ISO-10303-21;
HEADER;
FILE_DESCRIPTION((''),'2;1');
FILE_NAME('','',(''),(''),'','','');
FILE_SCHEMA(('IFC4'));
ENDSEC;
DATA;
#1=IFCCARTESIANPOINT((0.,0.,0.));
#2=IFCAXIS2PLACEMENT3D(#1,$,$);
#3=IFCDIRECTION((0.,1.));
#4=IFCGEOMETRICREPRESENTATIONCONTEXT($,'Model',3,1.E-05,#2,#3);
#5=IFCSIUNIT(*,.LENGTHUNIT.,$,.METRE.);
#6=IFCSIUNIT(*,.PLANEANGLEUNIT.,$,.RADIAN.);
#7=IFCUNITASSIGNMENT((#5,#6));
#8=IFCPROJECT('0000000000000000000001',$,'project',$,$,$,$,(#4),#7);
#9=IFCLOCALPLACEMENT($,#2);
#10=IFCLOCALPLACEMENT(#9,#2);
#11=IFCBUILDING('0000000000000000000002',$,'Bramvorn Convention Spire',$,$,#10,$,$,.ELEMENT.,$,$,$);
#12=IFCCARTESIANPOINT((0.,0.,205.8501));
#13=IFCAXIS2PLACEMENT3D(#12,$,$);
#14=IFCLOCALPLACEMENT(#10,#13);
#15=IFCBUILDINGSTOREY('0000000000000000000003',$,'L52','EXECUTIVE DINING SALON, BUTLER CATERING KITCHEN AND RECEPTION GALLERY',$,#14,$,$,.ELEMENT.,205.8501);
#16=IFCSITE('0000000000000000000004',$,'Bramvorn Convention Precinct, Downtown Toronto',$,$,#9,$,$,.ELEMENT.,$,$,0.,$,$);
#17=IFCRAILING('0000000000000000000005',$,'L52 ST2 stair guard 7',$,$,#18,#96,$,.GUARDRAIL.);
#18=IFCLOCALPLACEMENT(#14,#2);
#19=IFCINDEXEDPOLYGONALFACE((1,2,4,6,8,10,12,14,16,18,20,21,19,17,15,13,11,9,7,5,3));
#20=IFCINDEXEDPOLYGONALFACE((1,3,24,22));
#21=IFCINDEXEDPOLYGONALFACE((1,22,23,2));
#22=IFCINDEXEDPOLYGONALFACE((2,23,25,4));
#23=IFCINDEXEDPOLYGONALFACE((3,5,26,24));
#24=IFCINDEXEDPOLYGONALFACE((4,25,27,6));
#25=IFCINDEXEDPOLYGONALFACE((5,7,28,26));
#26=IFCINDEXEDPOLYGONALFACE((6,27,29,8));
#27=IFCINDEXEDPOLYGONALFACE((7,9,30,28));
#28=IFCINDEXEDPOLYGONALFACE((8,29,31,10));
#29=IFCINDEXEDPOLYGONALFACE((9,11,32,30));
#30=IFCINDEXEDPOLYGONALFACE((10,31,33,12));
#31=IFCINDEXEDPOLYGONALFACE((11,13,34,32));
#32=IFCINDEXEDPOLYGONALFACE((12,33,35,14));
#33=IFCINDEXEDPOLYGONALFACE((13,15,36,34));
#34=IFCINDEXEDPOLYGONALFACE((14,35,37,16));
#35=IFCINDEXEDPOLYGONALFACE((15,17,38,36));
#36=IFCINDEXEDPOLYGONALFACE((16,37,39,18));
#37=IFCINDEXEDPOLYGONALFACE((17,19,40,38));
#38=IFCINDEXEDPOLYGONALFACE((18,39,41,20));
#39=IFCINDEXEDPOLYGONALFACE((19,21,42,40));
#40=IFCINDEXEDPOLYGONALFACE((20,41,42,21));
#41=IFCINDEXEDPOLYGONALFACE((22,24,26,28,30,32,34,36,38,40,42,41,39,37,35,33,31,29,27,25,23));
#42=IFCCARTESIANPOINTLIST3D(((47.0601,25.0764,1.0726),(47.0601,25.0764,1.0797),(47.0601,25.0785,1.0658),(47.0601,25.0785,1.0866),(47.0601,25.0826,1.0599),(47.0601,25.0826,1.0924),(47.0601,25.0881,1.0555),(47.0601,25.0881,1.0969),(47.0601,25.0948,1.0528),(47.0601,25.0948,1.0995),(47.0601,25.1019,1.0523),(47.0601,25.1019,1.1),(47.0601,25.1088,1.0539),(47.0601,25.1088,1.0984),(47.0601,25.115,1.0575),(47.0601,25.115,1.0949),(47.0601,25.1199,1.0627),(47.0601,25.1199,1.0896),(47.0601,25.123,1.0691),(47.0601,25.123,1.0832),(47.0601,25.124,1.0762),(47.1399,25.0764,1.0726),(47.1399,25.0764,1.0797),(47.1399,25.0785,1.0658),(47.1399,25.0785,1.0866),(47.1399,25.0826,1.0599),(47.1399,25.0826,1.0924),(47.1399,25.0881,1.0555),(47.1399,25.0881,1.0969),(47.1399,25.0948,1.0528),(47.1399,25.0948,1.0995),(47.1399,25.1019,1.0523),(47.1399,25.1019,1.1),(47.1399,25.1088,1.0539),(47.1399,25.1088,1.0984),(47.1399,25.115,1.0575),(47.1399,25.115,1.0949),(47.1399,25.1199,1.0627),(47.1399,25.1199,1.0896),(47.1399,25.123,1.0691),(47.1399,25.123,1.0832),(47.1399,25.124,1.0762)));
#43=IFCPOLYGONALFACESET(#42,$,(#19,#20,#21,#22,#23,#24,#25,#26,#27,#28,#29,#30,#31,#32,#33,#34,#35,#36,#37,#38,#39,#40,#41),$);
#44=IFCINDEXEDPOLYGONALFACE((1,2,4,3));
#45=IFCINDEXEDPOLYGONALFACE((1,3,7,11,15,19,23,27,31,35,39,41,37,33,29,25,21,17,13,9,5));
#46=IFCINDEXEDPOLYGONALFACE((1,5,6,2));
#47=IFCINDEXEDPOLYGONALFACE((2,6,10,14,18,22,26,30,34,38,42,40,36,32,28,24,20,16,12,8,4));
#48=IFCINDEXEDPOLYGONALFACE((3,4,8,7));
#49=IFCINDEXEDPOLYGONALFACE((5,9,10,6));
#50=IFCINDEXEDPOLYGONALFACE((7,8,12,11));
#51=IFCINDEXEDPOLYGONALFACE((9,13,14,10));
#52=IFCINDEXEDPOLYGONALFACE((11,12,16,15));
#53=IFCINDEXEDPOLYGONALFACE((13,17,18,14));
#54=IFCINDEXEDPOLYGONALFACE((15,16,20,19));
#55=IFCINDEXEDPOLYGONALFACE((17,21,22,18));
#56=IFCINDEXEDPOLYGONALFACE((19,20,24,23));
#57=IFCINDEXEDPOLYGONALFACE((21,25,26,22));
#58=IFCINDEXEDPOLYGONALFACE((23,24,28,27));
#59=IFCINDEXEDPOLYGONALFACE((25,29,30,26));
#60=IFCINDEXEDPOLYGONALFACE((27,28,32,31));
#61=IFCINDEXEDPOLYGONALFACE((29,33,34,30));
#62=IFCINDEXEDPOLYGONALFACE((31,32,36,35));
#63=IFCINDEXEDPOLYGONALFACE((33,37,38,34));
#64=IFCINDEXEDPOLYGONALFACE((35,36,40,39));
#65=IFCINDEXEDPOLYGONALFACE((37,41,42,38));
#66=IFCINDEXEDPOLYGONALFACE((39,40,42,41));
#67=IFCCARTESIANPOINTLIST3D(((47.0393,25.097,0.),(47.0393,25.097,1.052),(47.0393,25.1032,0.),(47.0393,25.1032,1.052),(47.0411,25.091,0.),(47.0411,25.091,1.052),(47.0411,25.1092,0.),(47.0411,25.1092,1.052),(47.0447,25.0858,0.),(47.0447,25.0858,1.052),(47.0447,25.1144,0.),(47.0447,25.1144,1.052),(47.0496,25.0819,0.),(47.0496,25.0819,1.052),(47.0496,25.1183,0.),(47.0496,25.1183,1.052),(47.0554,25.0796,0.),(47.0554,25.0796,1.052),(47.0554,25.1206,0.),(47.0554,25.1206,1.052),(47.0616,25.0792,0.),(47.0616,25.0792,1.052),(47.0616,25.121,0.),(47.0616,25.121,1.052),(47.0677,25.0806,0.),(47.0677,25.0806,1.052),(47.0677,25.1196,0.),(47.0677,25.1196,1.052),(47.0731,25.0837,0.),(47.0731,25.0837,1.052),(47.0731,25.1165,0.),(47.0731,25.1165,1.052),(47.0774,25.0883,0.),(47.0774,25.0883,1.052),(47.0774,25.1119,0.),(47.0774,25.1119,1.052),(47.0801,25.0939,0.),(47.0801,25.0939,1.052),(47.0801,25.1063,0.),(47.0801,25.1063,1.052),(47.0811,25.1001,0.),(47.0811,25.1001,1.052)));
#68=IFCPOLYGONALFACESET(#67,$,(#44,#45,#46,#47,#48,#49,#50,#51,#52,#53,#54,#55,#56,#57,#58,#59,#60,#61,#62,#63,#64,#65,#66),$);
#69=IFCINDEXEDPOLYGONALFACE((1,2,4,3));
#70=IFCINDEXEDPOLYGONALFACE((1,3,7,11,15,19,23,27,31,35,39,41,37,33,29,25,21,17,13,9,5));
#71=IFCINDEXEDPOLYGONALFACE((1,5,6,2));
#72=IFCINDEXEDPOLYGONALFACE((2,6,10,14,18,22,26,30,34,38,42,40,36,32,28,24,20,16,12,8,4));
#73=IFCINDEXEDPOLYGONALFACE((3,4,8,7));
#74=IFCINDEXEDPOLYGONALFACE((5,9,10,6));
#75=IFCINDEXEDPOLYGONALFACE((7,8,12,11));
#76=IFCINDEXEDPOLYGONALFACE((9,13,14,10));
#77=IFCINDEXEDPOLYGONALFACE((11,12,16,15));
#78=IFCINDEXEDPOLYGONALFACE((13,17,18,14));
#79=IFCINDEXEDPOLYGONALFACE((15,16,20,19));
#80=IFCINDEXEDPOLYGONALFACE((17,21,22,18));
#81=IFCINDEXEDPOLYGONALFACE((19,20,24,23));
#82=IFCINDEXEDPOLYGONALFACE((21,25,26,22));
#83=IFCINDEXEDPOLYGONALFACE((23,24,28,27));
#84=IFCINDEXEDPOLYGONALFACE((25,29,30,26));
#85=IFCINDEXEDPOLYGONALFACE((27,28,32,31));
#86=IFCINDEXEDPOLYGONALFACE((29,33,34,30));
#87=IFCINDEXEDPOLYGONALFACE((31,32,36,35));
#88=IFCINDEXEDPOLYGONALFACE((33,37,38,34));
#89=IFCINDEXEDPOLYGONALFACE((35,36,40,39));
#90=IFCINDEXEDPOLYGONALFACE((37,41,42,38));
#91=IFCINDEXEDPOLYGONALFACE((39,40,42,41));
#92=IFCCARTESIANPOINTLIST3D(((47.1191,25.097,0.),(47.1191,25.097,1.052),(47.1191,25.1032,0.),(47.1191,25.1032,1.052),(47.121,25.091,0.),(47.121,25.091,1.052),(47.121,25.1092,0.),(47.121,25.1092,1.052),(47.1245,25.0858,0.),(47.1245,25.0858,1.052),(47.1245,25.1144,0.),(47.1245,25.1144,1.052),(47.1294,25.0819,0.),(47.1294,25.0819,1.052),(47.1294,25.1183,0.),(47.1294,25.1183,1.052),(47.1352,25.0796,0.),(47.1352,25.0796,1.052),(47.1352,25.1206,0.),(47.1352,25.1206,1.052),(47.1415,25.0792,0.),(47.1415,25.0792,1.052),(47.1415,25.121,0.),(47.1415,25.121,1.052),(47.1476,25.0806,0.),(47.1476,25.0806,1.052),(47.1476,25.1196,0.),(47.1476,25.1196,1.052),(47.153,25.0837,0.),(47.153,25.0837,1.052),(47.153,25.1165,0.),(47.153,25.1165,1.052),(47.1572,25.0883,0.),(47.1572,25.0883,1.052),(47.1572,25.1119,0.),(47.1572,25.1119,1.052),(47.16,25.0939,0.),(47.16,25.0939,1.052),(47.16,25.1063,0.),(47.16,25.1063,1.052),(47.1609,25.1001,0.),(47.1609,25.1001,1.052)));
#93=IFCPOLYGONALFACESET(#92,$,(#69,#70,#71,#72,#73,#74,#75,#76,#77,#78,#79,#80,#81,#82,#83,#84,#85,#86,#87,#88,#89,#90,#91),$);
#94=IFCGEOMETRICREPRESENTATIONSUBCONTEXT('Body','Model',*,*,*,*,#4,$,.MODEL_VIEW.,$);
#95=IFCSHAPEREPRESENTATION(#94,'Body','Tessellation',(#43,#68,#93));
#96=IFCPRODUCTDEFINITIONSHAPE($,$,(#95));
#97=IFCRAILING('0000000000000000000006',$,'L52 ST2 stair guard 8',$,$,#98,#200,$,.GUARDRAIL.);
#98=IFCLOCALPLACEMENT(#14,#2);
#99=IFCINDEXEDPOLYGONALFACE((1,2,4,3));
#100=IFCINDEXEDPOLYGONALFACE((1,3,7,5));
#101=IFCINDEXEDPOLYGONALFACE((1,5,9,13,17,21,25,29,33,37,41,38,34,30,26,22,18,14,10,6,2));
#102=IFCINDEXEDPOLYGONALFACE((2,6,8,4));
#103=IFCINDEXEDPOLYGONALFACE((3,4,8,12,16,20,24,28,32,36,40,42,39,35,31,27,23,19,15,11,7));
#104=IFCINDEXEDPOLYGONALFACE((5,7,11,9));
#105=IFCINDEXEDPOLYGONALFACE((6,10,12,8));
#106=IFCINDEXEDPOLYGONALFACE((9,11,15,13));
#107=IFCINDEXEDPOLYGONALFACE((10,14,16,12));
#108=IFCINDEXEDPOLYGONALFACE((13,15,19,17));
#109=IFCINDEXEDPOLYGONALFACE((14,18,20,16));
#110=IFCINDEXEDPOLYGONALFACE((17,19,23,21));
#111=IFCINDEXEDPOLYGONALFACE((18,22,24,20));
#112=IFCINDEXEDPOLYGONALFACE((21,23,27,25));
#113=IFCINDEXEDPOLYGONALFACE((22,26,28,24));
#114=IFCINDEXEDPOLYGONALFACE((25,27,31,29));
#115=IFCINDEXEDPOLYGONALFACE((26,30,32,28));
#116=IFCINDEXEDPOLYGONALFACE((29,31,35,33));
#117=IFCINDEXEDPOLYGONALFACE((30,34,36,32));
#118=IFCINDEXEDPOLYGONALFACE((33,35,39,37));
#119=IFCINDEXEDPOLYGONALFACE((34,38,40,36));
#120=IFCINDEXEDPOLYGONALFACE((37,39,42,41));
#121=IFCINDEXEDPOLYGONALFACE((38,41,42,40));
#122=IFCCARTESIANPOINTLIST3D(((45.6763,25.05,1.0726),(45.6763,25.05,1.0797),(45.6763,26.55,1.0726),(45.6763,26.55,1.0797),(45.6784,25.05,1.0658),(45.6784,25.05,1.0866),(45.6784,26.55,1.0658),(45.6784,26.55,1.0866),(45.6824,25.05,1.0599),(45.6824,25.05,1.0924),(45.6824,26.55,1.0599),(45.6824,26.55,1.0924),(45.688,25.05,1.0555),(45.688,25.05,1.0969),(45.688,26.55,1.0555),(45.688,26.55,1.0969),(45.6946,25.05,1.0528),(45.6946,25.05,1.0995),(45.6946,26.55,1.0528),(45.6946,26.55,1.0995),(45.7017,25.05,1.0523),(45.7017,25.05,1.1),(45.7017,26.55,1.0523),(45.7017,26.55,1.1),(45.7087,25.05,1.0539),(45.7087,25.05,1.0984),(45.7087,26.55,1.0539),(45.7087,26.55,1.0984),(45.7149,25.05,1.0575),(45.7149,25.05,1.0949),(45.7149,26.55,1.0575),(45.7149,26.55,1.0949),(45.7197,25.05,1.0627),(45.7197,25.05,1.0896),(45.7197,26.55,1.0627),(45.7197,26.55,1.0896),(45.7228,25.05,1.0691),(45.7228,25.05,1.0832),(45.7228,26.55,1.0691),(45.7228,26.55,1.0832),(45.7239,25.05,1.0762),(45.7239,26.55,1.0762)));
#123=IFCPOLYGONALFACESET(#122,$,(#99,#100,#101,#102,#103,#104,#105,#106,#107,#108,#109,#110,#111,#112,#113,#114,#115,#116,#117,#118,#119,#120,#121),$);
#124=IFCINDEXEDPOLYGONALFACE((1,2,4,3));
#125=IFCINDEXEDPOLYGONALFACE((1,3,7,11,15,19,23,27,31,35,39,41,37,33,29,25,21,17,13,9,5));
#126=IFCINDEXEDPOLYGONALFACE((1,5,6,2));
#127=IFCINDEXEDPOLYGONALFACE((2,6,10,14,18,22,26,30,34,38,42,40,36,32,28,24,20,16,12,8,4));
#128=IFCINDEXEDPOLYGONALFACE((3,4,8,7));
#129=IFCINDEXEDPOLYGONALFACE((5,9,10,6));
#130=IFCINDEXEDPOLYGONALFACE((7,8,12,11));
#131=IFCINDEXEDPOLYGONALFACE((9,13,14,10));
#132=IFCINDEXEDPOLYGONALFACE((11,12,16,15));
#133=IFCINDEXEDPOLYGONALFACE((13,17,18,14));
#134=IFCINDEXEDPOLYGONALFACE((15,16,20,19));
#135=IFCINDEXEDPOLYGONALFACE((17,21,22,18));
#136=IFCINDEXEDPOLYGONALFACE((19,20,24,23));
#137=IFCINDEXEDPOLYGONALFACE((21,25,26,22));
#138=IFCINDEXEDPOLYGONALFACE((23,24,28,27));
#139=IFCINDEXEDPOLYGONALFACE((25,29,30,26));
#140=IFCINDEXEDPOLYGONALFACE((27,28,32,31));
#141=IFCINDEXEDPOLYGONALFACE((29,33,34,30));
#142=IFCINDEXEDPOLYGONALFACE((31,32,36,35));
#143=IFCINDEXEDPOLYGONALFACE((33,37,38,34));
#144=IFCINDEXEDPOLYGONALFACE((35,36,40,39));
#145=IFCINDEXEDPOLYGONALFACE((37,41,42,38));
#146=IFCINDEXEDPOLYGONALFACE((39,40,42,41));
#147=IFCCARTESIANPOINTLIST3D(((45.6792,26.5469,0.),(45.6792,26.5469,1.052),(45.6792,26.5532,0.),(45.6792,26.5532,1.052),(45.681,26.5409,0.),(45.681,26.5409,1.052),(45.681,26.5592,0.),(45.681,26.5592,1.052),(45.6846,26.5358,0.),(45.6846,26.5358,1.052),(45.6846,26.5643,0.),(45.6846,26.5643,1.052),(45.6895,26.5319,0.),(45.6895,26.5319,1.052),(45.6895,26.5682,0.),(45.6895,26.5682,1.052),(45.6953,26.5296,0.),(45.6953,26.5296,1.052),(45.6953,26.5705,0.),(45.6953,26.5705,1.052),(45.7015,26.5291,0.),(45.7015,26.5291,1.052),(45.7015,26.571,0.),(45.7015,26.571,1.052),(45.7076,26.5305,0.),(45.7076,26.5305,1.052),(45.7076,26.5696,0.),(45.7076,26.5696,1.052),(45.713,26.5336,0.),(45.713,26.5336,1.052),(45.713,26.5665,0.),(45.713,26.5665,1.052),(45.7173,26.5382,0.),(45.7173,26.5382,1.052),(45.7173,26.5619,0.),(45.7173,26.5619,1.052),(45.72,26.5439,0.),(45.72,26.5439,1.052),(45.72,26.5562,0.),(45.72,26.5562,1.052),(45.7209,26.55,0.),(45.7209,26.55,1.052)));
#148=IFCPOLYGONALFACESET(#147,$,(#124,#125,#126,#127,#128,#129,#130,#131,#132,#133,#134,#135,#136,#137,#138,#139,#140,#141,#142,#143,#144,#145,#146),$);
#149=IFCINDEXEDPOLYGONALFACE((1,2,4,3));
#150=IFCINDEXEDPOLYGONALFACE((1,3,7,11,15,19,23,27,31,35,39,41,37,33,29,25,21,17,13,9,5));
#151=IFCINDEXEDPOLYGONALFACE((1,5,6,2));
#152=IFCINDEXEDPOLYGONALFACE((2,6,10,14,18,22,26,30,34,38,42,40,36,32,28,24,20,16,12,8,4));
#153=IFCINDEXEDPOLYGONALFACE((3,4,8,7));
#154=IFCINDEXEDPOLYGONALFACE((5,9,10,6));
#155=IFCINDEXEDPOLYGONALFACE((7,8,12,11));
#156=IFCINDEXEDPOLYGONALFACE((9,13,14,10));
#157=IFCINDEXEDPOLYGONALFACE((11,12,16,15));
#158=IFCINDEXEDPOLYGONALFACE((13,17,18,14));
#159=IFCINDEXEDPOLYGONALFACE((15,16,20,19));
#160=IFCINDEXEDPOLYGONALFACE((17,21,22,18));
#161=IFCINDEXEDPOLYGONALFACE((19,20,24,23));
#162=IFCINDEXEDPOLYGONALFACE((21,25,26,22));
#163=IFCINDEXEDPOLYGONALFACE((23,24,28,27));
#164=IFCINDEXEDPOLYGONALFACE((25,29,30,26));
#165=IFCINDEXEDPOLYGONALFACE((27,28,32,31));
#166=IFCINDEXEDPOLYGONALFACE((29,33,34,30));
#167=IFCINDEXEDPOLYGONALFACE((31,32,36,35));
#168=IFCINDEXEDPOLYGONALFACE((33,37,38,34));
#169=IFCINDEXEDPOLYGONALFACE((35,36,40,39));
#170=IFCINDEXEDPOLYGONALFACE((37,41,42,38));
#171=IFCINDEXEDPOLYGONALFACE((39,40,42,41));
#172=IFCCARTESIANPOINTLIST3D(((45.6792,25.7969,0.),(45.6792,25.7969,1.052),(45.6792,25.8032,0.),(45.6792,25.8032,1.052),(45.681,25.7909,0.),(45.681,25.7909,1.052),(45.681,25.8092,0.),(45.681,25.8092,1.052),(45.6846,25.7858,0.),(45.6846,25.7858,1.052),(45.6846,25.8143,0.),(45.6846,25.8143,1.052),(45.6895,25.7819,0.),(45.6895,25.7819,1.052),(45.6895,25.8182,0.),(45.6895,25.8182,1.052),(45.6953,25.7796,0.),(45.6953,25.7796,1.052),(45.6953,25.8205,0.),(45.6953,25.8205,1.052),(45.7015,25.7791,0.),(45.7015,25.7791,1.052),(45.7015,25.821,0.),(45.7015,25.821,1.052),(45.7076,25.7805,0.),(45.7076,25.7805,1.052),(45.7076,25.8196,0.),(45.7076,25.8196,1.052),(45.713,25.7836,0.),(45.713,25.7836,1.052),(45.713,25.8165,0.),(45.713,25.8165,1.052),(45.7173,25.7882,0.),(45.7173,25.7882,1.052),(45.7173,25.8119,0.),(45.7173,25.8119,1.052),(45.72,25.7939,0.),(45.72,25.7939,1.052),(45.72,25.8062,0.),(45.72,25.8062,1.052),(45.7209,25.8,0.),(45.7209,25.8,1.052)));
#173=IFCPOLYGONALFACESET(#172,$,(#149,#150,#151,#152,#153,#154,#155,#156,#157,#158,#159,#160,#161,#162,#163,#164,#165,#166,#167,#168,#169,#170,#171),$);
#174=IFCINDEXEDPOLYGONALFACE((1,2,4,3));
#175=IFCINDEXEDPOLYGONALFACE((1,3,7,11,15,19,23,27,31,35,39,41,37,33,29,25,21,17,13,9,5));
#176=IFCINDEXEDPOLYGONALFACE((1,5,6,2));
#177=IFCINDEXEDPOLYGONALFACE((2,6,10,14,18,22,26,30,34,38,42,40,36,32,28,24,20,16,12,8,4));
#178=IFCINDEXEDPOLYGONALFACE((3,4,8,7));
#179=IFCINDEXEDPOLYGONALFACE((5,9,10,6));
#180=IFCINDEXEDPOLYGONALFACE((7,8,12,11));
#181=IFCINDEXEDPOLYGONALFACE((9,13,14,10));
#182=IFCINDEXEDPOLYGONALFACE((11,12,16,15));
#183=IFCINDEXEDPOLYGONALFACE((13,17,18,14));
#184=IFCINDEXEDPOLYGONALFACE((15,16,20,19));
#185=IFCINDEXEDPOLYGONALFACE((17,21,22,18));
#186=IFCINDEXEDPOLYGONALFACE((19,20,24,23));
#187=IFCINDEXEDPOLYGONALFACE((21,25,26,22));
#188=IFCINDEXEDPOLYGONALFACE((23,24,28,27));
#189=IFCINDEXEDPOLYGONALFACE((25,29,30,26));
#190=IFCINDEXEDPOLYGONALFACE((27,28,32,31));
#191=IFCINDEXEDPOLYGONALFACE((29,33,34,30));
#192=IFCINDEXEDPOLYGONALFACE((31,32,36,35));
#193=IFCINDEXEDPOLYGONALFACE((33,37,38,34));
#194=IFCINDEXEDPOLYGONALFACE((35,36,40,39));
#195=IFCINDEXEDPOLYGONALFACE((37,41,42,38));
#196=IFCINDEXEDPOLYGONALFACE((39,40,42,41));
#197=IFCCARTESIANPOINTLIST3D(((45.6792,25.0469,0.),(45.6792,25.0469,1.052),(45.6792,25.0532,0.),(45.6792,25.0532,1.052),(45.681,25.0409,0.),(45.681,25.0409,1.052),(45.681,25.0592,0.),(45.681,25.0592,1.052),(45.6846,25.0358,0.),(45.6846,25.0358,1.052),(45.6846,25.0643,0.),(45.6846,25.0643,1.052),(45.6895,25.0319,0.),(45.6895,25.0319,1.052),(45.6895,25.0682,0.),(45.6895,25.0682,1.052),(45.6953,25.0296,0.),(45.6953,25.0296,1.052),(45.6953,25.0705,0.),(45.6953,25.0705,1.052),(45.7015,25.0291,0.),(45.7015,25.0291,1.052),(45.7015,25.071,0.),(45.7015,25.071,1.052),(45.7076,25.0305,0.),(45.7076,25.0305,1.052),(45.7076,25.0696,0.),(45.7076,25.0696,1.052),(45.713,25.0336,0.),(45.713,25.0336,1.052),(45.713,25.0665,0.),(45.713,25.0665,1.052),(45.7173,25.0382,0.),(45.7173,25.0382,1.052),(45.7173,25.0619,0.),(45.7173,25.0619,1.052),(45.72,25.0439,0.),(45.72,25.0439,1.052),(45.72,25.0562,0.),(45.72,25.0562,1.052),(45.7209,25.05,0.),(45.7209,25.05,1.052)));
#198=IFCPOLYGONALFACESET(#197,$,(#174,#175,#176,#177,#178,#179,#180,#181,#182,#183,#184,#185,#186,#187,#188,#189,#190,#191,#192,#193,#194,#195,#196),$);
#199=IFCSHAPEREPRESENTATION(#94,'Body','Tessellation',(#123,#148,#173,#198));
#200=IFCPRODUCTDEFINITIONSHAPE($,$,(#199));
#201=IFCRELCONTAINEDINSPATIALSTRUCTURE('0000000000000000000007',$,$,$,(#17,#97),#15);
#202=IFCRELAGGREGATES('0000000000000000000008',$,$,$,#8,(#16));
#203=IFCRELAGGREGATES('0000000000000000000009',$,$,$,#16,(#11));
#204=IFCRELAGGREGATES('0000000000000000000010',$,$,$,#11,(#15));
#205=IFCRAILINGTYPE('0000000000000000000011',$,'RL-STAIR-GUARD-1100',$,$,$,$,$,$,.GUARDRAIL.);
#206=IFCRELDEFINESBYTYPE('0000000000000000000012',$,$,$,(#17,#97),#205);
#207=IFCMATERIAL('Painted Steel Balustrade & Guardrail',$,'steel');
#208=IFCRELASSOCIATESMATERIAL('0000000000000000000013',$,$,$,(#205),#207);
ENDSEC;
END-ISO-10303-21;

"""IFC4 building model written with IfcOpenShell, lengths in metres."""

from ifc_helpers import new_model, si_unit, direction, frame, origin, origin_2d, place, context, subcontext, project, spatial, circle, extrude, material, type_object, element, save


model = new_model("IFC4")

# Units and contexts
model_context = context("Model", 3, precision=1e-05, world=origin(), true_north=direction((0.0, 1.0)))
body_context = subcontext(model_context, "Body", "Model", "MODEL_VIEW")
ifc_project = project(units=[si_unit("LENGTHUNIT", "METRE"), si_unit("PLANEANGLEUNIT", "RADIAN")], contexts=[model_context])

# Site, building, storey
site_placement = place(None, origin())
site = spatial("IfcSite", under=ifc_project, at=site_placement, Name="Bramvorn Convention Precinct, Downtown Toronto", CompositionType="ELEMENT", RefElevation=0.0)
building_placement = place(site_placement, origin())
building = spatial("IfcBuilding", under=site, at=building_placement, Name="Bramvorn Convention Spire", CompositionType="ELEMENT")
storey_placement = place(building_placement, frame((0.0, 0.0, 205.8501)))
storey = spatial("IfcBuildingStorey", under=building, at=storey_placement, Name="L52", Description="EXECUTIVE DINING SALON, BUTLER CATERING KITCHEN AND RECEPTION GALLERY", CompositionType="ELEMENT", Elevation=205.8501)

# Railings
ifc_material_1 = material(Name="Painted Steel Balustrade & Guardrail", Category="steel")
railing_type_1 = type_object("IfcRailingType", Name="RL-STAIR-GUARD-1100", PredefinedType="GUARDRAIL", material=ifc_material_1)
railing_1_placement = place(storey_placement, frame((47.0601, 25.1001, 0.0)))
element("IfcRailing", 1, at=railing_1_placement, inside=storey, type_object=railing_type_1, Name="L52 ST2 stair guard 7", PredefinedType="GUARDRAIL", context=body_context, shape_type="SweptSolid", body=[
    extrude(circle(Radius=0.0239, at=origin_2d()), frame((0.0, 0.0, 1.0762), z_axis=(1.0, 0.0, 0.0), x_axis=(0.0, 1.0, 0.0)), (0.0, 0.0, 1.0), 0.0798),
    extrude(circle(Radius=0.021, at=origin_2d()), origin(), (0.0, 0.0, 1.0), 1.052),
    extrude(circle(Radius=0.021, at=origin_2d()), frame((0.0798, 0.0, 0.0)), (0.0, 0.0, 1.0), 1.052),
])
for number, where, name in (
    (2, (45.7, 26.55, 0.0), "L52 ST2 stair guard 8"),
):
    element("IfcRailing", number, at=place(storey_placement, frame(where)), inside=storey, type_object=railing_type_1, Name=name, PredefinedType="GUARDRAIL", context=body_context, shape_type="SweptSolid", body=[
        extrude(circle(Radius=0.0239, at=origin_2d()), frame((0.0, 0.0, 1.0762), z_axis=(0.0, -1.0, 0.0), x_axis=(1.0, 0.0, 0.0)), (0.0, 0.0, 1.0), 1.5),
        extrude(circle(Radius=0.021, at=origin_2d()), origin(), (0.0, 0.0, 1.0), 1.052),
        extrude(circle(Radius=0.021, at=origin_2d()), frame((0.0, -0.75, 0.0)), (0.0, 0.0, 1.0), 1.052),
        extrude(circle(Radius=0.021, at=origin_2d()), frame((0.0, -1.5, 0.0)), (0.0, 0.0, 1.0), 1.052),
    ])

save(model, "model.ifc")
